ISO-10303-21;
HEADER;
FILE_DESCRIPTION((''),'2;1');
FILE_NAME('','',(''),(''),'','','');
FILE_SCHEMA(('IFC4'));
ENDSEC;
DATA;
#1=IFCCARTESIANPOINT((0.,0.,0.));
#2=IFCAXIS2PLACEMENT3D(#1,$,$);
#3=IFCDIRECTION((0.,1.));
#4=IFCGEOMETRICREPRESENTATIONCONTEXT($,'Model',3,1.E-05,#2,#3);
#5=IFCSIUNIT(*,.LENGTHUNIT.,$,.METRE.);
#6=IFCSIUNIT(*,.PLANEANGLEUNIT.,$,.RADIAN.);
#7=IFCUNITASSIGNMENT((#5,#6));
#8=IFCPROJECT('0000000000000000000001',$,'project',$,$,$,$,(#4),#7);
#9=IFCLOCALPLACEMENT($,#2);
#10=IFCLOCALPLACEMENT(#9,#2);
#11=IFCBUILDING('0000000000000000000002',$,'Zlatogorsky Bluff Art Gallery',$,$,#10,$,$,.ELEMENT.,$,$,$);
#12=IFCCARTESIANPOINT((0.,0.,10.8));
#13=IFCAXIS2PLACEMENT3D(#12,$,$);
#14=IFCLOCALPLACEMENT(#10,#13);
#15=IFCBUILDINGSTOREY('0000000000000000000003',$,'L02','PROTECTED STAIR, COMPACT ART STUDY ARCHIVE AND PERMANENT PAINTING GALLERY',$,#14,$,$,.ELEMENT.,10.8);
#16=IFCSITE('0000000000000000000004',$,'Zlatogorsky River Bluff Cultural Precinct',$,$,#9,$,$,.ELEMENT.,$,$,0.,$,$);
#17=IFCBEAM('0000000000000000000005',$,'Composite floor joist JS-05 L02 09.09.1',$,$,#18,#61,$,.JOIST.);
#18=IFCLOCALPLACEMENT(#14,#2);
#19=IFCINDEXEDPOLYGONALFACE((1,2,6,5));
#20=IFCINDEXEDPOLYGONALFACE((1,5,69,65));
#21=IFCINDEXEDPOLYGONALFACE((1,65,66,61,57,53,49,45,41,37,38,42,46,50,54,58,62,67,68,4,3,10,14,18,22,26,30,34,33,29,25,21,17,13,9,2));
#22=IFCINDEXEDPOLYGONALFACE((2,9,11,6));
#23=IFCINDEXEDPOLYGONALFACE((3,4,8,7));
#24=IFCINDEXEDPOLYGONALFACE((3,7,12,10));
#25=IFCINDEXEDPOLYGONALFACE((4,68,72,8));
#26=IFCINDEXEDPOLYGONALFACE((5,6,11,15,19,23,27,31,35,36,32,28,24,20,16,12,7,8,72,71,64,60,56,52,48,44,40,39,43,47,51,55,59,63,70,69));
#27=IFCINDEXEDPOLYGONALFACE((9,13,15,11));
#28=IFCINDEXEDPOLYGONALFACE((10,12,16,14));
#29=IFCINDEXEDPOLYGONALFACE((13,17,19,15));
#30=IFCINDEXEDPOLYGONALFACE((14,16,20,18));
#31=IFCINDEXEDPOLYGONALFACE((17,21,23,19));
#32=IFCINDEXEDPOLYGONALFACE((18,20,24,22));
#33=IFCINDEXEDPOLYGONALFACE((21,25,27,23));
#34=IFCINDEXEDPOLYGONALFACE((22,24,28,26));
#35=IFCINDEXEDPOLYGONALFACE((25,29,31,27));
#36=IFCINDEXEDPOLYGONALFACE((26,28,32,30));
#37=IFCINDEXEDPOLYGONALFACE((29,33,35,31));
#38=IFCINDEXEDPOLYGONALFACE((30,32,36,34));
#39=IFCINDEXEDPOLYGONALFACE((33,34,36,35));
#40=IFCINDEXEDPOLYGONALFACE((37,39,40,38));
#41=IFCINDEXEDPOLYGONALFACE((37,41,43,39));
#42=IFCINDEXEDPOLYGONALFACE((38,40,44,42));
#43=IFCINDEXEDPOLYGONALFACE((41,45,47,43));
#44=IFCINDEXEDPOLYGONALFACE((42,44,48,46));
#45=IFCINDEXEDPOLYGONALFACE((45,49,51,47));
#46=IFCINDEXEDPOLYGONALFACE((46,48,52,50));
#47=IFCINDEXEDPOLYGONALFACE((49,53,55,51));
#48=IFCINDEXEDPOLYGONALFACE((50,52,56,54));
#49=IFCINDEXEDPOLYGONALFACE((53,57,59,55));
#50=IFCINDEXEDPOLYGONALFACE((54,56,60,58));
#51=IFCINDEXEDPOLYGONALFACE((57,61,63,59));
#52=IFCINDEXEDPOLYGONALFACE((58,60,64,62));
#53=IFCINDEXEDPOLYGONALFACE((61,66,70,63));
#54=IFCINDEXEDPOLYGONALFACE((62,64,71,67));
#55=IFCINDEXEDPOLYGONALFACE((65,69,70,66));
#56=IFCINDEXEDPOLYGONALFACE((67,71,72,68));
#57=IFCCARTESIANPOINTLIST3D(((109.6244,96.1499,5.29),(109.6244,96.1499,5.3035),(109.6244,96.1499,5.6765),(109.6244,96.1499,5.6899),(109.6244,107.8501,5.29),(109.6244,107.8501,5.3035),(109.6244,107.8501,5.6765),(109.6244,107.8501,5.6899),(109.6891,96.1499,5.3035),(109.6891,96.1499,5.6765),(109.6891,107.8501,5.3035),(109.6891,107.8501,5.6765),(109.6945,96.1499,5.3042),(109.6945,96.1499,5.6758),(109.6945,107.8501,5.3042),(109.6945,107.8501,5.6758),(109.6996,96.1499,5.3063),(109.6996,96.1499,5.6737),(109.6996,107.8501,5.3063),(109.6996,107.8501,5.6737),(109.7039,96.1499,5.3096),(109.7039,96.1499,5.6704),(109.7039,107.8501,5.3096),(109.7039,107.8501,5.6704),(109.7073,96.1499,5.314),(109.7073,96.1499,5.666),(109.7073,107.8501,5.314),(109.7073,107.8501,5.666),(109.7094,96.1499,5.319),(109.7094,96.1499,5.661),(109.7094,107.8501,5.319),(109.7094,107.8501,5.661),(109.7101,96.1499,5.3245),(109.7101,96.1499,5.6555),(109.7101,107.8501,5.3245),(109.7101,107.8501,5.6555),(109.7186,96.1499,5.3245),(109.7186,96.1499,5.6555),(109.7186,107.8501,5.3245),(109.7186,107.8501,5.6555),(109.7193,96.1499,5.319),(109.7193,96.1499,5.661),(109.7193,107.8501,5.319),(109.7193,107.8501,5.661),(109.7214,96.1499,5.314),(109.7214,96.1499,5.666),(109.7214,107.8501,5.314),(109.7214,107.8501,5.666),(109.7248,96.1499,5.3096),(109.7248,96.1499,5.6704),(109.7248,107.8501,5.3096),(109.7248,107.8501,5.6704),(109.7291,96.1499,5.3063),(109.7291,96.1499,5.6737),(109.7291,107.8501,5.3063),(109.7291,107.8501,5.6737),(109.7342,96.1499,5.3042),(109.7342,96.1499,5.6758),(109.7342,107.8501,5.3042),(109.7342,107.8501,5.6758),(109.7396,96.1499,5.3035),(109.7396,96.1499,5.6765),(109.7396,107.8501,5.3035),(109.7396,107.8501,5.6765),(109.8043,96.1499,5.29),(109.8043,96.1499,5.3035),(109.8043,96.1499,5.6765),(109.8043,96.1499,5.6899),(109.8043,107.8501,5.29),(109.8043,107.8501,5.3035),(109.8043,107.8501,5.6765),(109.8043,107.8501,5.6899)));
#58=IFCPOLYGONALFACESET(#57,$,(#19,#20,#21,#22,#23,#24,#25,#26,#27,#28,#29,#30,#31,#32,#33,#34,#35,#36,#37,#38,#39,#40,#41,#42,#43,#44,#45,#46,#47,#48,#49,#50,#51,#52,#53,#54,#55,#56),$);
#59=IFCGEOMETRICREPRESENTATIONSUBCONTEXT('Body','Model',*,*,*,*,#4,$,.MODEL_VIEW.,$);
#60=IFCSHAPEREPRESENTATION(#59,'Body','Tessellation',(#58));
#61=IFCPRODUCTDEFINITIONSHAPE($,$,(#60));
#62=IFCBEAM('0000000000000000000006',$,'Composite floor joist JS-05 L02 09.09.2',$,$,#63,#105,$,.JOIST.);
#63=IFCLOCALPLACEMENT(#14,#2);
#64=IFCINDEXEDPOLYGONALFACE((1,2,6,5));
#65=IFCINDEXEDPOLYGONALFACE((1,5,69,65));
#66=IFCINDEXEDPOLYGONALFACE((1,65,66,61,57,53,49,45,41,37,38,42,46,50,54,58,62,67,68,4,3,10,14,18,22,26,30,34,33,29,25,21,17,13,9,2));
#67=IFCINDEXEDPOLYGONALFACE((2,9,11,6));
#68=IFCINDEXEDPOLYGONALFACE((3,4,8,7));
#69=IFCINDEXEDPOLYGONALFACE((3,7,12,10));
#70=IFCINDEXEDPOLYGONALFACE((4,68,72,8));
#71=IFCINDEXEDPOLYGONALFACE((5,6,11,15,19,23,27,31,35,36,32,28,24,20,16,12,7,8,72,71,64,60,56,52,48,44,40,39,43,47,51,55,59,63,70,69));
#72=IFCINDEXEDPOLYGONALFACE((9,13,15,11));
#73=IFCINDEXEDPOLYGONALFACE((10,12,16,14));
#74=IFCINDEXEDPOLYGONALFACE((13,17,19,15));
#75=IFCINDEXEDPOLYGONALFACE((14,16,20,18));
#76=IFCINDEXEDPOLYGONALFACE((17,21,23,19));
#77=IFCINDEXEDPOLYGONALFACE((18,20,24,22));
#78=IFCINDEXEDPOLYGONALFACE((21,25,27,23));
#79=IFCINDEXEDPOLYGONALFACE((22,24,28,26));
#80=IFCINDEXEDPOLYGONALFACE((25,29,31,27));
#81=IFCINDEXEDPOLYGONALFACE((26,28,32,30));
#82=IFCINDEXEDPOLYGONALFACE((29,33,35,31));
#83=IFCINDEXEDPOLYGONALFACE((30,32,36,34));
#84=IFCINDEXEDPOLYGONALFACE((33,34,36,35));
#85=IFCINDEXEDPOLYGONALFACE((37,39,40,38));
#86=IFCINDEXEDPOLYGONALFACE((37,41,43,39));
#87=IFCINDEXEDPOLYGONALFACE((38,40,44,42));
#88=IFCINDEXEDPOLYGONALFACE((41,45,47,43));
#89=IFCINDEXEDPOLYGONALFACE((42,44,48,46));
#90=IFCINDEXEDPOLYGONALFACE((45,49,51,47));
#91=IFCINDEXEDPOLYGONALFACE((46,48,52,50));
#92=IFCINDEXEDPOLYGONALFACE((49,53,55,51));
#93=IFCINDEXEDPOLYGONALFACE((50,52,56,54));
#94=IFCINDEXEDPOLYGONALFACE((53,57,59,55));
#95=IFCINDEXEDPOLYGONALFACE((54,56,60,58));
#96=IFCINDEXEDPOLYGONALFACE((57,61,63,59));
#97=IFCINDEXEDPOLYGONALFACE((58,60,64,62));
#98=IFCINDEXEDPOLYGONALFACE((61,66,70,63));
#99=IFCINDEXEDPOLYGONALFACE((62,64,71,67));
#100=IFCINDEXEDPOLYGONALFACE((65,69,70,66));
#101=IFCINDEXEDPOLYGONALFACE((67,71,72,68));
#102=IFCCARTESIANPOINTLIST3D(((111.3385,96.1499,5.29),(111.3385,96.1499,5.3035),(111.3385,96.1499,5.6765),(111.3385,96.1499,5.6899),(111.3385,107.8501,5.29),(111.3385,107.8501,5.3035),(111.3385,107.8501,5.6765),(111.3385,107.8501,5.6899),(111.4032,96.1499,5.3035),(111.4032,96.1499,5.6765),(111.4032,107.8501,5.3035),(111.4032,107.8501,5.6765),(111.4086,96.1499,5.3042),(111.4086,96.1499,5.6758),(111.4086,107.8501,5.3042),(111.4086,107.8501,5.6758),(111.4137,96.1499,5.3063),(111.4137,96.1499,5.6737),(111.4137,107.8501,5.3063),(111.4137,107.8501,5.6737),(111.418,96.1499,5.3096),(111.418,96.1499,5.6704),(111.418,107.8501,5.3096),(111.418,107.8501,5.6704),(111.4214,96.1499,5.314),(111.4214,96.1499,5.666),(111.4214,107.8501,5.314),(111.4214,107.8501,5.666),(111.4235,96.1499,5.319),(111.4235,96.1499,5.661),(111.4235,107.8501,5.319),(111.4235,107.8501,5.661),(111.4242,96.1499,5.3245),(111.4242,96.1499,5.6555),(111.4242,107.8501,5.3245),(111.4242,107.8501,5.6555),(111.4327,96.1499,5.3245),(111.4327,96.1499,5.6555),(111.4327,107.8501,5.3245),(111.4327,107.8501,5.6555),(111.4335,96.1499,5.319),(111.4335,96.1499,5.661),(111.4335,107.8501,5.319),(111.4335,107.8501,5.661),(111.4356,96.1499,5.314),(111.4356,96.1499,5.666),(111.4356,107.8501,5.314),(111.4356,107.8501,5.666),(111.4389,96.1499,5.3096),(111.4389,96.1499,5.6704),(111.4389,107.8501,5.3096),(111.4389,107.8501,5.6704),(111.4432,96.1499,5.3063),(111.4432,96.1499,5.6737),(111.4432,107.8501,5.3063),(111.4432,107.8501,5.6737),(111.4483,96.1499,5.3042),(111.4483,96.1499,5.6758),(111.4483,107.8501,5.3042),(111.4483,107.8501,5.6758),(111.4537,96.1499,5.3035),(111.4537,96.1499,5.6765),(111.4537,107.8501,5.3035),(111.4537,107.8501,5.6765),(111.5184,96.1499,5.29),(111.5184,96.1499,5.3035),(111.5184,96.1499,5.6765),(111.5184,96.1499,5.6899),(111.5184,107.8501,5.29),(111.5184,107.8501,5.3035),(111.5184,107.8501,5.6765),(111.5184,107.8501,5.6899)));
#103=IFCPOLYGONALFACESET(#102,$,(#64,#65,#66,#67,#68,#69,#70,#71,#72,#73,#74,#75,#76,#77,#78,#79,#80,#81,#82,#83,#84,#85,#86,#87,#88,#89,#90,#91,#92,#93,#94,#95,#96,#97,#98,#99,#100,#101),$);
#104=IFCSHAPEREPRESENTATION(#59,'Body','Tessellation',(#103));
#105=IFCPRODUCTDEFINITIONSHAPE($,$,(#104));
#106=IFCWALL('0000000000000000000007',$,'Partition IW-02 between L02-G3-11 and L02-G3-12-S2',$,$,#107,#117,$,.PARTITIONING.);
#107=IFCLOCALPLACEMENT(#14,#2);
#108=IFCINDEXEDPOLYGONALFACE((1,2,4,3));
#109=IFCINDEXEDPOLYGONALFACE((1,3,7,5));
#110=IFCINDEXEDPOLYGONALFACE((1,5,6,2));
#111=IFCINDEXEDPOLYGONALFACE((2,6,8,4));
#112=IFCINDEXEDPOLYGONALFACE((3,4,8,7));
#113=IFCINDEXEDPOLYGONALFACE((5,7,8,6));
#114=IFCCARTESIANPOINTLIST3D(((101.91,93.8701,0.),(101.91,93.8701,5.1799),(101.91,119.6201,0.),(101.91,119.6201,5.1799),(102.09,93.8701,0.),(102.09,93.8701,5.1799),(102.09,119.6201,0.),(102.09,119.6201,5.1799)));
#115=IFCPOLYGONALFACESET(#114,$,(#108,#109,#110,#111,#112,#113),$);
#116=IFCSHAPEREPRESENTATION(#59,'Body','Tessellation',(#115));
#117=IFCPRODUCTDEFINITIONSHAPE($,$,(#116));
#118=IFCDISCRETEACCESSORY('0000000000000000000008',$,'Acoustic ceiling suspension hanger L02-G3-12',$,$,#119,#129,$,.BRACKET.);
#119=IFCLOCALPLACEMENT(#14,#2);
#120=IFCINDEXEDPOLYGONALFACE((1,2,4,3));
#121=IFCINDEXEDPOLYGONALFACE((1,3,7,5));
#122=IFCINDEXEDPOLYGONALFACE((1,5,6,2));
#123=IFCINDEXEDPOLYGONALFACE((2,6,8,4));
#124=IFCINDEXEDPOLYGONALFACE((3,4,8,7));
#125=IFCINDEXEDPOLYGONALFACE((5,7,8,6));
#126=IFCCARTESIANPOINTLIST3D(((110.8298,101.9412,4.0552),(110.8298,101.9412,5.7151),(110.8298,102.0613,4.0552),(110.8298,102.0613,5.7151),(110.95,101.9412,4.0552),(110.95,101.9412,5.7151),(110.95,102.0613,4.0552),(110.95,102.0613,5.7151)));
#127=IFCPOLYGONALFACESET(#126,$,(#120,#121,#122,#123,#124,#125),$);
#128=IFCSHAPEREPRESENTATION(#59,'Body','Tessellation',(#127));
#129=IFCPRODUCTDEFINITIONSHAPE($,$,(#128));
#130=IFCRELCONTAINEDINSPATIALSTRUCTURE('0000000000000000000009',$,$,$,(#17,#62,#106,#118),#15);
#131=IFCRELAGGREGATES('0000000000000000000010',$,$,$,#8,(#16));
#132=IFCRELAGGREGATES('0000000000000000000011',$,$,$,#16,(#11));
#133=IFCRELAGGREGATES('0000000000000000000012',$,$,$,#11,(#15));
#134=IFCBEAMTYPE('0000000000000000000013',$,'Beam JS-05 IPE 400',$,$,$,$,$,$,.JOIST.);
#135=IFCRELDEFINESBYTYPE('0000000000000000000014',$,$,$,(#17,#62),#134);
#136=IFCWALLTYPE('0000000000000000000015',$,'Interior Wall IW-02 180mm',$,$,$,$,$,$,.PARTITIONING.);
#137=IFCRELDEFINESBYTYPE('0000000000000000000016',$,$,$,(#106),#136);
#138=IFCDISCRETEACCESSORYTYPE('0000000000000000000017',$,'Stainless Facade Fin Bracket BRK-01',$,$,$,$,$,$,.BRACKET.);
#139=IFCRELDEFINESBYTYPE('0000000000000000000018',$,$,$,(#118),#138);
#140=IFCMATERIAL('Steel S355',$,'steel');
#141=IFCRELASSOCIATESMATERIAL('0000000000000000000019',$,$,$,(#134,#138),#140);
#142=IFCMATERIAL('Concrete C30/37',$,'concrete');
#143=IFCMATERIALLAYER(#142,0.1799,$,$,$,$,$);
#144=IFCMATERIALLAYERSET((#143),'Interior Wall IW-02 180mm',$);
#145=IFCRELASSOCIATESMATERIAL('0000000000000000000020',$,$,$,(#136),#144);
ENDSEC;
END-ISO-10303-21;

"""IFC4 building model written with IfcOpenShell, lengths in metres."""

from ifc_helpers import new_model, si_unit, direction, frame, frame_2d, origin, origin_2d, place, context, subcontext, project, spatial, rectangle, i_section, extrude, material, layer, layer_set, material_profile, profile_set, type_object, element, save


model = new_model("IFC4")

# Units and contexts
model_context = context("Model", 3, precision=1e-05, world=origin(), true_north=direction((0.0, 1.0)))
body_context = subcontext(model_context, "Body", "Model", "MODEL_VIEW")
ifc_project = project(units=[si_unit("LENGTHUNIT", "METRE"), si_unit("PLANEANGLEUNIT", "RADIAN")], contexts=[model_context])

# Site, building, storey
site_placement = place(None, origin())
site = spatial("IfcSite", under=ifc_project, at=site_placement, Name="Zlatogorsky River Bluff Cultural Precinct", CompositionType="ELEMENT", RefElevation=0.0)
building_placement = place(site_placement, origin())
building = spatial("IfcBuilding", under=site, at=building_placement, Name="Zlatogorsky Bluff Art Gallery", CompositionType="ELEMENT")
storey_placement = place(building_placement, frame((0.0, 0.0, 10.8)))
storey = spatial("IfcBuildingStorey", under=building, at=storey_placement, Name="L02", Description="PROTECTED STAIR, COMPACT ART STUDY ARCHIVE AND PERMANENT PAINTING GALLERY", CompositionType="ELEMENT", Elevation=10.8)

# Shared definitions
ifc_material_1 = material(Name="Steel S355", Category="steel")

# Beams
ifc_material_profile_1 = material_profile(ifc_material_1, i_section(OverallWidth=0.1799, OverallDepth=0.3999, WebThickness=0.0085, FlangeThickness=0.0134, FilletRadius=0.021, at=origin_2d()), Name="IPE 400")
ifc_profile_set_1 = profile_set([ifc_material_profile_1], Name="Steel S355")
beam_type_1 = type_object("IfcBeamType", Name="Beam JS-05 IPE 400", PredefinedType="JOIST", material=ifc_profile_set_1)
for number, where, z_axis, x_axis, name in (
    (1, (109.7144, 96.1499, 5.49), (0.0, 1.0, 0.0), (-1.0, 0.0, 0.0), "Composite floor joist JS-05 L02 09.09.1"),
    (2, (111.4285, 96.1499, 5.49), (0.0, 1.0, 0.0), (-1.0, 0.0, 0.0), "Composite floor joist JS-05 L02 09.09.2"),
):
    element("IfcBeam", number, at=place(storey_placement, frame(where, z_axis=z_axis, x_axis=x_axis)), inside=storey, type_object=beam_type_1, Name=name, PredefinedType="JOIST", context=body_context, shape_type="SweptSolid", body=[
        extrude(i_section(OverallWidth=0.1799, OverallDepth=0.3999, WebThickness=0.0085, FlangeThickness=0.0134, FilletRadius=0.021, at=origin_2d()), origin(), (0.0, 0.0, 1.0), 11.7002),
    ])

# Wall
ifc_material_2 = material(Name="Concrete C30/37", Category="concrete")
ifc_layer = layer(ifc_material_2, 0.1799)
ifc_layer_set = layer_set([ifc_layer], Name="Interior Wall IW-02 180mm")
wall_type = type_object("IfcWallType", Name="Interior Wall IW-02 180mm", PredefinedType="PARTITIONING", material=ifc_layer_set)
wall_placement = place(storey_placement, frame((102.0, 93.8701, 0.0), z_axis=(0.0, 0.0, 1.0), x_axis=(0.0, 1.0, 0.0)))
element("IfcWall", 3, at=wall_placement, inside=storey, type_object=wall_type, Name="Partition IW-02 between L02-G3-11 and L02-G3-12-S2", PredefinedType="PARTITIONING", context=body_context, shape_type="SweptSolid", body=[
    extrude(rectangle(XDim=25.75, YDim=0.1799, at=frame_2d((12.875, 0.0))), origin(), (0.0, 0.0, 1.0), 5.1799),
])

# Discrete accessory
discrete_accessory_type = type_object("IfcDiscreteAccessoryType", Name="Stainless Facade Fin Bracket BRK-01", PredefinedType="BRACKET", material=ifc_material_1)
discrete_accessory_placement = place(storey_placement, frame((110.8899, 102.0012, 4.0552), z_axis=(0.0, 0.0, 1.0), x_axis=(1.0, 0.0, 0.0)))
element("IfcDiscreteAccessory", 4, at=discrete_accessory_placement, inside=storey, type_object=discrete_accessory_type, Name="Acoustic ceiling suspension hanger L02-G3-12", PredefinedType="BRACKET", context=body_context, shape_type="SweptSolid", body=[
    extrude(rectangle(XDim=0.1201, YDim=0.1201, at=origin_2d()), origin(), (0.0, 0.0, 1.0), 1.6599),
])

save(model, "model.ifc")
